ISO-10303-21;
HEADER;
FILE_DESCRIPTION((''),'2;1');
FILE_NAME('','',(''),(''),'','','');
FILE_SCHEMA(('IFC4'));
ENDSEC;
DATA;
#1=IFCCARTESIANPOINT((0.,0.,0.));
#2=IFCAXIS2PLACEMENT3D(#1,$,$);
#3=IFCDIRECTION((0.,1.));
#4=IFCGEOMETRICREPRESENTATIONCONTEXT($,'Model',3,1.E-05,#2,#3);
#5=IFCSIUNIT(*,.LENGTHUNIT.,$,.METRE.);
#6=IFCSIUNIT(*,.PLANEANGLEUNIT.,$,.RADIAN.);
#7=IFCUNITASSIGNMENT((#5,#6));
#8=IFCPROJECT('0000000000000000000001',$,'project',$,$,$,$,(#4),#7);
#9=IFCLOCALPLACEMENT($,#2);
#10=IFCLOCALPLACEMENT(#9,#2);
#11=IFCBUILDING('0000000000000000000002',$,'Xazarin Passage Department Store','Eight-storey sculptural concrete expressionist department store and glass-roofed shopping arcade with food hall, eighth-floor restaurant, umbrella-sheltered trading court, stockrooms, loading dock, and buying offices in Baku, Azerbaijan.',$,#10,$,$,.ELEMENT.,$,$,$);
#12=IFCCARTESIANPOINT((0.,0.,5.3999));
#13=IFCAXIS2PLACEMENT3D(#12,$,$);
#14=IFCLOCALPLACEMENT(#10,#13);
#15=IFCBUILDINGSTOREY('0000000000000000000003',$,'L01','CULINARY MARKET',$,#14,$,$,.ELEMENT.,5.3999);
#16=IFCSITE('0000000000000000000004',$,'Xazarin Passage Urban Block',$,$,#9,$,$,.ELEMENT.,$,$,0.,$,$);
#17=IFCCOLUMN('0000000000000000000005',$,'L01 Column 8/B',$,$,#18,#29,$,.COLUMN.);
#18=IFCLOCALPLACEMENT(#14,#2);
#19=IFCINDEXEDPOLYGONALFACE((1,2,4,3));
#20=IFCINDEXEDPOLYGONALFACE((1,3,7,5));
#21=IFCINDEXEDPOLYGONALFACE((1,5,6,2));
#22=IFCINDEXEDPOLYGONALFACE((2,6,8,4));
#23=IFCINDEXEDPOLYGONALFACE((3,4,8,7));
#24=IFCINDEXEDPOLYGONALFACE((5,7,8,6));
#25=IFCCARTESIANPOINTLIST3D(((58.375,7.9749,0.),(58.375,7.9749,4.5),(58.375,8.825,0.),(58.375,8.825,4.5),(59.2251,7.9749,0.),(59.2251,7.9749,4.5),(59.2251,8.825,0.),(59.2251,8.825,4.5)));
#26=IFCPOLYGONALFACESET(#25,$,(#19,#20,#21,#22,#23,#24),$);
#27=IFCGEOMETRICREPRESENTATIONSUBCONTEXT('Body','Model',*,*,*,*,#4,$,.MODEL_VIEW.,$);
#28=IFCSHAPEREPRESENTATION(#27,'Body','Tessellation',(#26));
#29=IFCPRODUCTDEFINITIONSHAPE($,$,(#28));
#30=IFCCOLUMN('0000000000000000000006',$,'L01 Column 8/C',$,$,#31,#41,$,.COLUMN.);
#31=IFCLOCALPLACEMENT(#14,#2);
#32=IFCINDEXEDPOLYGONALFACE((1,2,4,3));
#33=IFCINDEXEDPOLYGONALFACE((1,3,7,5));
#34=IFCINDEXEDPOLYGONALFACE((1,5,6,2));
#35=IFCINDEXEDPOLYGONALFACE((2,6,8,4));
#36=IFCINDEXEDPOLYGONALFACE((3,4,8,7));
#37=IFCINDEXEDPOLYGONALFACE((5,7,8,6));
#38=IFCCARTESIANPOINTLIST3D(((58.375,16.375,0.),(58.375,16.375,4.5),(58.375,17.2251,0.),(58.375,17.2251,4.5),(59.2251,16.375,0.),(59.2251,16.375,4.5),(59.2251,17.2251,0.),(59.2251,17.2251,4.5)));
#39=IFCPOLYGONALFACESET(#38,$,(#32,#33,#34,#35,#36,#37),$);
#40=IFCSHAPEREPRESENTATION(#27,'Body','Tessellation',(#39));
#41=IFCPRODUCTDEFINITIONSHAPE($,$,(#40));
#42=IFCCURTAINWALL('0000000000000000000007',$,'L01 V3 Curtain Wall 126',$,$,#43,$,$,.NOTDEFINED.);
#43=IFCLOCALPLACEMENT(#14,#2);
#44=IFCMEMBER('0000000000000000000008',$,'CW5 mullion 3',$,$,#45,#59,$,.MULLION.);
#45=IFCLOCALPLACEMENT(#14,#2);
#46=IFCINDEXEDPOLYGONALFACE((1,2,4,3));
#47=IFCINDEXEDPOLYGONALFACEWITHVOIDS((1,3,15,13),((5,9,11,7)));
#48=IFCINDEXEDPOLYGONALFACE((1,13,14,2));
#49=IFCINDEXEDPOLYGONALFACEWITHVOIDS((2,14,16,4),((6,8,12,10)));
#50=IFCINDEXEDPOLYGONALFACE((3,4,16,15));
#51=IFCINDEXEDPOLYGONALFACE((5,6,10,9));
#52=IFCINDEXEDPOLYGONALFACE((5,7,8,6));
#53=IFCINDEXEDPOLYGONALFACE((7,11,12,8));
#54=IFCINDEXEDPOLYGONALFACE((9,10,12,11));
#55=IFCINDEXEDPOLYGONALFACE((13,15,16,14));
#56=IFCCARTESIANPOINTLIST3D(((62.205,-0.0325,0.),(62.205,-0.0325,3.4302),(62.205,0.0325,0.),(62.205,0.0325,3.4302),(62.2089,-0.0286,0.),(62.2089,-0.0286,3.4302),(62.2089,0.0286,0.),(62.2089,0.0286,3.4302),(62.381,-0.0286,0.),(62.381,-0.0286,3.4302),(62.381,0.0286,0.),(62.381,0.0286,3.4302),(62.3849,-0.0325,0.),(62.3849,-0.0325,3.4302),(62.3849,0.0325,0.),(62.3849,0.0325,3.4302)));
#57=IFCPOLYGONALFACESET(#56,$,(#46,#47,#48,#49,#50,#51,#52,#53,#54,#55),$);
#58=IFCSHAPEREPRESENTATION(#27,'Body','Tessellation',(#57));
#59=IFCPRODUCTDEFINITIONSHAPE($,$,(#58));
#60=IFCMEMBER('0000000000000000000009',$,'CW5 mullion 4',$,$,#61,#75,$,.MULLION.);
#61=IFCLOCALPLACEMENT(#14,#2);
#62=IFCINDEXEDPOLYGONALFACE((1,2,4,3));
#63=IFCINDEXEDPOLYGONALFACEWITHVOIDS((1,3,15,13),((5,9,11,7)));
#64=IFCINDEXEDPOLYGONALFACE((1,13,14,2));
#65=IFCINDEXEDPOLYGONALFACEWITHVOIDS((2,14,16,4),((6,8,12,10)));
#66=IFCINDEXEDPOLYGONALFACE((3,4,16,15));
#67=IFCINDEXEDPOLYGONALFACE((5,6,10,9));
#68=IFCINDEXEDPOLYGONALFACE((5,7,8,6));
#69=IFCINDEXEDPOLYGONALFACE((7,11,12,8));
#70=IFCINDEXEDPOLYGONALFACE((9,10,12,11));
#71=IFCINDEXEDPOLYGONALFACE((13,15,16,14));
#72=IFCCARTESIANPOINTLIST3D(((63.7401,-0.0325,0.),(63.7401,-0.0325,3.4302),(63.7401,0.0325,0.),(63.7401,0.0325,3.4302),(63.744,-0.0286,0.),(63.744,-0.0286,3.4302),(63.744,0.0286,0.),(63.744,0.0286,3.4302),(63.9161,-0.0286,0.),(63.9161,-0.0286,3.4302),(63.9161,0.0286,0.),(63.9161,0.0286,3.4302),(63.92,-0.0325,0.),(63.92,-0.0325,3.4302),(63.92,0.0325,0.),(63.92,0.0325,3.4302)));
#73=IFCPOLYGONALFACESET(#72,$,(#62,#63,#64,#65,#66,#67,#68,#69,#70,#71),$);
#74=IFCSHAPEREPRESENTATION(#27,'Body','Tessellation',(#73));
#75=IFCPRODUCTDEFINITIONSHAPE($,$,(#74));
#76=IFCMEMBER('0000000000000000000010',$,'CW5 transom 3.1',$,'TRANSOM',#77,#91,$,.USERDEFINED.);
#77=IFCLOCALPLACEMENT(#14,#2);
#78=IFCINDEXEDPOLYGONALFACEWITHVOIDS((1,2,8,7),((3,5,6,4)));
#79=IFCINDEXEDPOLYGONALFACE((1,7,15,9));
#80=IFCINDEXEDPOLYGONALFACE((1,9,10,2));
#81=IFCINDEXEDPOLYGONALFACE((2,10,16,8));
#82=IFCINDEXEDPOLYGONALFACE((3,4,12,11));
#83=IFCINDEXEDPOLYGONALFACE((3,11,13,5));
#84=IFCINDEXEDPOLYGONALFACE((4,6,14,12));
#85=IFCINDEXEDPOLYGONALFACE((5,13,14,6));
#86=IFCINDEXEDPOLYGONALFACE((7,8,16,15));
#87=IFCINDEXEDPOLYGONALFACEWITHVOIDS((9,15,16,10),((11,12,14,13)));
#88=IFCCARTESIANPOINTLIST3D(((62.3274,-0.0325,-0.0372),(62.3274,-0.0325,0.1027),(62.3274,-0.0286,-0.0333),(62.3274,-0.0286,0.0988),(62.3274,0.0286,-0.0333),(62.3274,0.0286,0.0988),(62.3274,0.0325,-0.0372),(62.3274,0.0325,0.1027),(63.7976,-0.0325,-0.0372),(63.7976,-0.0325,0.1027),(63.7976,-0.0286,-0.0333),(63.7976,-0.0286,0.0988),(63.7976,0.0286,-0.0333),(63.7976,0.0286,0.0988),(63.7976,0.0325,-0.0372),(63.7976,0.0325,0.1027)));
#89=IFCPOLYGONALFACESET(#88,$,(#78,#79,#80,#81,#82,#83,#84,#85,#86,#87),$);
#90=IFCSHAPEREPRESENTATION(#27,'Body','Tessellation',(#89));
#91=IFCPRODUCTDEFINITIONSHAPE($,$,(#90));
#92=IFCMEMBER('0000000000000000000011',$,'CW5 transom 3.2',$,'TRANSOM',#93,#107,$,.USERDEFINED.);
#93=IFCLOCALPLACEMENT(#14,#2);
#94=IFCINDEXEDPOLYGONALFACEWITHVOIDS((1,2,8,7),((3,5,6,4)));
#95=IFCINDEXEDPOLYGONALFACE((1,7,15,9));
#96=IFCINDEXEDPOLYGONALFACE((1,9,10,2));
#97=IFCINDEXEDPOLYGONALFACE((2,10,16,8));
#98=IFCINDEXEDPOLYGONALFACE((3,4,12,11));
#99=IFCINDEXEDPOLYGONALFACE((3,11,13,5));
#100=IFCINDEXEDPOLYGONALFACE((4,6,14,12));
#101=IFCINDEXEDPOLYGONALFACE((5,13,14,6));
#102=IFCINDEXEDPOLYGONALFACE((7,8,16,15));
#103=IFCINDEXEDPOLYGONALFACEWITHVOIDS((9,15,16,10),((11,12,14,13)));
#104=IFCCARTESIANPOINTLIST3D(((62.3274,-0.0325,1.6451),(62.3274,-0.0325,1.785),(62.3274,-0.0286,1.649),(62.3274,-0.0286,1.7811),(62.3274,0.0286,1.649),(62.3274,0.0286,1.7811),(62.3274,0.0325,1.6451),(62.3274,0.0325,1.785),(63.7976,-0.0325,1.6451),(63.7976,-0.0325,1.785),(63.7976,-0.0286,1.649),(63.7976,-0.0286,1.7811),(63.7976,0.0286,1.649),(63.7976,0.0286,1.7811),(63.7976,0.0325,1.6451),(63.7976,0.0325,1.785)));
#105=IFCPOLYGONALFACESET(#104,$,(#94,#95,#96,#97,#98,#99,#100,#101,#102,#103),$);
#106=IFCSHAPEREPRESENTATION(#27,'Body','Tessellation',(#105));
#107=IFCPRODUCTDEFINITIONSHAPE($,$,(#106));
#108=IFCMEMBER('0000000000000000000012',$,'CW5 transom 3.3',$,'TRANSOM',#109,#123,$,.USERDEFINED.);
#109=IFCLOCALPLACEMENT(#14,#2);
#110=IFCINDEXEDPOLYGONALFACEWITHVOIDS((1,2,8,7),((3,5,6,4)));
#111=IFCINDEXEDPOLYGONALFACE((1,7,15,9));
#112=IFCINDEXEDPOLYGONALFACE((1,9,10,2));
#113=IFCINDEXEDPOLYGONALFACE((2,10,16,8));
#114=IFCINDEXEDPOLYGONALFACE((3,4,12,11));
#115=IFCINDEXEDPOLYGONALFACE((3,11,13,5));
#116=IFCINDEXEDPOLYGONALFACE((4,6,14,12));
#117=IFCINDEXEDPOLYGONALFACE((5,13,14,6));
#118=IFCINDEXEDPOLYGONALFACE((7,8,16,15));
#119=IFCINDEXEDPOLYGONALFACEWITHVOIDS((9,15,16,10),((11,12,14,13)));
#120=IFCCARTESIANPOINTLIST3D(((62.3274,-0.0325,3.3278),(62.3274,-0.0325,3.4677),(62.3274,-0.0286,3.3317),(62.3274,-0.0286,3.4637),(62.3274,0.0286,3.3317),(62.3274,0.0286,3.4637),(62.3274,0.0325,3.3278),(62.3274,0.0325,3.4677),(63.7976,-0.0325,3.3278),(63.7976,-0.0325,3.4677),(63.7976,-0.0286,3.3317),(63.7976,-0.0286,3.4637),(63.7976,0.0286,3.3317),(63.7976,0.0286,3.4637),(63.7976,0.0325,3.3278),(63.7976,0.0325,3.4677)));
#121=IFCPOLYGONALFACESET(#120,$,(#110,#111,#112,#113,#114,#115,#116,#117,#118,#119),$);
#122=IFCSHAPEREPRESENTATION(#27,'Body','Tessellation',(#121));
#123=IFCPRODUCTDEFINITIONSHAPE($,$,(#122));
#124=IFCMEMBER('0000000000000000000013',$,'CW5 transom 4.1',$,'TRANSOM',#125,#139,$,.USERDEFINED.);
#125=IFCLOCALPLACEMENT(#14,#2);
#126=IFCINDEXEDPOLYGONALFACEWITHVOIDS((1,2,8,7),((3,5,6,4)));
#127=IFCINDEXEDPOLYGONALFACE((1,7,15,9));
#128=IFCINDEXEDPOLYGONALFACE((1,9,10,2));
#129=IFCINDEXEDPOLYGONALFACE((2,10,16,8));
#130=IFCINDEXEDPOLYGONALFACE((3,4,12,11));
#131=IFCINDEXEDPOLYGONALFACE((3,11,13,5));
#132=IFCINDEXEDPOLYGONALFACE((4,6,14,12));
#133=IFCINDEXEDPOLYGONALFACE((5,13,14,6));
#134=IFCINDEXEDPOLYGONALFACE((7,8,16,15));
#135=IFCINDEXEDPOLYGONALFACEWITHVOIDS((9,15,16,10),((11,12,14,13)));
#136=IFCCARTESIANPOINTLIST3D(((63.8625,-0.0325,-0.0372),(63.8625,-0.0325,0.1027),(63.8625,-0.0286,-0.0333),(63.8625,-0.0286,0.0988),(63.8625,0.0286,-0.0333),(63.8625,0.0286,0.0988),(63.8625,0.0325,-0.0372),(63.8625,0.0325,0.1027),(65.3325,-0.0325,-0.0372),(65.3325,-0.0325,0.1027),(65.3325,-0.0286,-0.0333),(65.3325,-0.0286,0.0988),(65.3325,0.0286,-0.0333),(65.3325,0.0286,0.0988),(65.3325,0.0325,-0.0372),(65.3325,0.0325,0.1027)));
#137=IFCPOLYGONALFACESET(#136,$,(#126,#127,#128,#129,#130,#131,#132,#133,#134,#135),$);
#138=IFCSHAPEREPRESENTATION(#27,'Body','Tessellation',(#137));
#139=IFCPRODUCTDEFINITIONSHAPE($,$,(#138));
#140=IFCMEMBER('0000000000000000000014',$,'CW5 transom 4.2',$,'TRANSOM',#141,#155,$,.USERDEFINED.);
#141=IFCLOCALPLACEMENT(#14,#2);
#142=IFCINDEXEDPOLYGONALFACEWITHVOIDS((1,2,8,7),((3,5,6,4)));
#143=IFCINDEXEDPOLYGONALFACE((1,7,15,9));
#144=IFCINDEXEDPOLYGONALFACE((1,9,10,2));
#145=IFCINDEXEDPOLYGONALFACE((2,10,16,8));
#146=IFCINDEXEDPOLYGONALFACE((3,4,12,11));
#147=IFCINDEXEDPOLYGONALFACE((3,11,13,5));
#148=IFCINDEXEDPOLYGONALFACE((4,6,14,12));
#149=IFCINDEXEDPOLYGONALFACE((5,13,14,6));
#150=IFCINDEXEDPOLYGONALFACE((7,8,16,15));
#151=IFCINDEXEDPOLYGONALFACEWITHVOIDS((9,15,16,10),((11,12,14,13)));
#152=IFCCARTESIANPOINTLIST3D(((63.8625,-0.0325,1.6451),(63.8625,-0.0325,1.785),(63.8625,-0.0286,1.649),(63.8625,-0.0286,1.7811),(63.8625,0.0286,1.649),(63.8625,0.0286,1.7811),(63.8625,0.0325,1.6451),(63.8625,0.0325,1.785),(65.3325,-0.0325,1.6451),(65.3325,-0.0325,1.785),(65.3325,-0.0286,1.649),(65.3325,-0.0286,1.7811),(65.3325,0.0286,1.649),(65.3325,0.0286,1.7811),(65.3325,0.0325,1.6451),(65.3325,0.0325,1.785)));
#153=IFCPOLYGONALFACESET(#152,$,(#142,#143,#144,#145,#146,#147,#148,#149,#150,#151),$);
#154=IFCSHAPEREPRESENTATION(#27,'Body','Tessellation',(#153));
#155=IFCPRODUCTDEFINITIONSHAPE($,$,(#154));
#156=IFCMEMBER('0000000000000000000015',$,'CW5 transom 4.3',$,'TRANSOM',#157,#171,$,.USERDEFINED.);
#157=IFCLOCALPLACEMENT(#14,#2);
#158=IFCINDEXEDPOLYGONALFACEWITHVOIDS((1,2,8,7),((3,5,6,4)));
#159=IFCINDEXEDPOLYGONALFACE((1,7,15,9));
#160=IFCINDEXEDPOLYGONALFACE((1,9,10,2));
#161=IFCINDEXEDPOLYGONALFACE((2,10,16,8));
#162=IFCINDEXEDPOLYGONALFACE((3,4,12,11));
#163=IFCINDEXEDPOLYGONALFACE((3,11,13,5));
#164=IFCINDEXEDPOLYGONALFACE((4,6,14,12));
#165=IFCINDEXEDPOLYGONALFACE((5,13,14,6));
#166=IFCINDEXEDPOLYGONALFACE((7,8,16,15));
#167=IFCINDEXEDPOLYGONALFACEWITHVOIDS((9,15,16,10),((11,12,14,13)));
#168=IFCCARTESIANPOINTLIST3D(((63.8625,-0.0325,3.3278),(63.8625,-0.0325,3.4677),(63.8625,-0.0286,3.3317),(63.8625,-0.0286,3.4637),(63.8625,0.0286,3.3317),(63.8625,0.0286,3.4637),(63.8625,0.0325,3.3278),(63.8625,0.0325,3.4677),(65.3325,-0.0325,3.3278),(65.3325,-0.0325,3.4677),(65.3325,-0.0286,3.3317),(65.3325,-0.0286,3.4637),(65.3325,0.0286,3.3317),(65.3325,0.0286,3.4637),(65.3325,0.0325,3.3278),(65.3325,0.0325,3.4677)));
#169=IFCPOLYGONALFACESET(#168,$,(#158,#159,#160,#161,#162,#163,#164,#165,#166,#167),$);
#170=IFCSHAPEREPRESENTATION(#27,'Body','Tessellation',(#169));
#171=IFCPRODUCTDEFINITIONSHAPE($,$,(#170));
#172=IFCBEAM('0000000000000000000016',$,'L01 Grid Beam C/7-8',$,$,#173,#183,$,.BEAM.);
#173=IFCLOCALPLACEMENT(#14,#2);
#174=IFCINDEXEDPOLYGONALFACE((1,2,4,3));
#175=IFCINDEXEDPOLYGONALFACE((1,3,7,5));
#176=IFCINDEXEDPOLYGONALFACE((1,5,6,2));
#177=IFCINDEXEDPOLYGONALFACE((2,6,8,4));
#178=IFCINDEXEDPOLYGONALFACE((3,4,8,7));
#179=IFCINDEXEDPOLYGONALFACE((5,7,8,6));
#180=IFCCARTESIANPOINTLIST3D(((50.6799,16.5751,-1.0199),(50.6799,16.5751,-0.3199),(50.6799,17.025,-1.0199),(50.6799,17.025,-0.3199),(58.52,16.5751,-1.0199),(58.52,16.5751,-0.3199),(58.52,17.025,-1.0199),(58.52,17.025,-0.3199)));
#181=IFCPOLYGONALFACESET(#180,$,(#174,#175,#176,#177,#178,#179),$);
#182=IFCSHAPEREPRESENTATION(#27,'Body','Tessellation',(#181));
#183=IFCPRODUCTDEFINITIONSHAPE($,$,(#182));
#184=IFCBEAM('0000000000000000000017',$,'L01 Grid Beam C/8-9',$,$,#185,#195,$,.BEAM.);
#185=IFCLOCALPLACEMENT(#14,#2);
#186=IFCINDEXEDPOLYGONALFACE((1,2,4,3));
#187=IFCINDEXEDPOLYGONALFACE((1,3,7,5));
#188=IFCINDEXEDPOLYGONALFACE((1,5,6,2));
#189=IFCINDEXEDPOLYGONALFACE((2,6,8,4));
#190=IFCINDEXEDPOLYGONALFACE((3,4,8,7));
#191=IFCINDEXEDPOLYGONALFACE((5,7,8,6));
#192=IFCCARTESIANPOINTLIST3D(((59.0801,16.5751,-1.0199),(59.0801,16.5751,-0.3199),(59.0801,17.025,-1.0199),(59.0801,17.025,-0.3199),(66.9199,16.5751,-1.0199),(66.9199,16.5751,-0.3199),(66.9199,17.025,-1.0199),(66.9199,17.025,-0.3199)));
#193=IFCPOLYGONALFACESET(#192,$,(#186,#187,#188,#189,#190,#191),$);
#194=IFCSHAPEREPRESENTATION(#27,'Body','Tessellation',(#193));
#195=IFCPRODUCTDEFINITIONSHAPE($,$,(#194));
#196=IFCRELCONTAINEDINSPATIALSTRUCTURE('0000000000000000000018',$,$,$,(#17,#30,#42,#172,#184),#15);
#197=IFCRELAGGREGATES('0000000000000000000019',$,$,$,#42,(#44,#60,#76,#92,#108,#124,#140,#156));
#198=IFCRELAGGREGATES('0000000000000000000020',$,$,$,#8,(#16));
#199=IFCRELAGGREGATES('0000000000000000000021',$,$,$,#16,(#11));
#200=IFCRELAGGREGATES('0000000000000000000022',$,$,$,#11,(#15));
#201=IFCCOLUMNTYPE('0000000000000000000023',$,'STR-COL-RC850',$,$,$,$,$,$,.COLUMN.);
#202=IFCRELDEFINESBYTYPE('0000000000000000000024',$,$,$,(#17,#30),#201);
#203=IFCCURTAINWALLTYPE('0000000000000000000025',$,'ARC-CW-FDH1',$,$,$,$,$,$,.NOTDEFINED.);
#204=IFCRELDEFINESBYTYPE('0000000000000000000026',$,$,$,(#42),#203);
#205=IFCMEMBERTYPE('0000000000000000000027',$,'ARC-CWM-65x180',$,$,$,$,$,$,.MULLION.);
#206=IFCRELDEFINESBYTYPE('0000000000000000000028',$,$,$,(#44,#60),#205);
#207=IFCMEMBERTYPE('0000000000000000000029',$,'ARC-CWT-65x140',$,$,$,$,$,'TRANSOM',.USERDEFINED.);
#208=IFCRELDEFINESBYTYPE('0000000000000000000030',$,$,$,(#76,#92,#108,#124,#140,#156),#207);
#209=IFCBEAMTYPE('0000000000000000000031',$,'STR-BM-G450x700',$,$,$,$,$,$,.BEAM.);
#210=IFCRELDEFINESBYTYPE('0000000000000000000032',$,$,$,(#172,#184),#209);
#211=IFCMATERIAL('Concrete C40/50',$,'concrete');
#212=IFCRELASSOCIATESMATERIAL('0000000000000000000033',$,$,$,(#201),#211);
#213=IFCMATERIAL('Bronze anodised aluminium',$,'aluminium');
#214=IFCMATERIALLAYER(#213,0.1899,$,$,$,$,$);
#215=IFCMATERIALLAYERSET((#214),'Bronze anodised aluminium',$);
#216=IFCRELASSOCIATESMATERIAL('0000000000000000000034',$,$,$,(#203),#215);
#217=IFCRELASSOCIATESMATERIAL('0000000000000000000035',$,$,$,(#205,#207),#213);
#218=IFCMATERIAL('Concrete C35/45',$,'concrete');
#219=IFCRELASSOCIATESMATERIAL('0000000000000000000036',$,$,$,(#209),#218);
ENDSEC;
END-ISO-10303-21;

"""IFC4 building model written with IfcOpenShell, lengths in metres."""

from ifc_helpers import new_model, si_unit, direction, frame, origin, origin_2d, place, context, subcontext, project, spatial, rectangle, hollow_rectangle, extrude, material, layer, layer_set, material_profile, profile_set, type_object, element, aggregate, save


model = new_model("IFC4")

# Units and contexts
model_context = context("Model", 3, precision=1e-05, world=origin(), true_north=direction((0.0, 1.0)))
body_context = subcontext(model_context, "Body", "Model", "MODEL_VIEW")
ifc_project = project(units=[si_unit("LENGTHUNIT", "METRE"), si_unit("PLANEANGLEUNIT", "RADIAN")], contexts=[model_context])

# Site, building, storey
site_placement = place(None, origin())
site = spatial("IfcSite", under=ifc_project, at=site_placement, Name="Xazarin Passage Urban Block", CompositionType="ELEMENT", RefElevation=0.0)
building_placement = place(site_placement, origin())
building = spatial("IfcBuilding", under=site, at=building_placement, Name="Xazarin Passage Department Store", Description="Eight-storey sculptural concrete expressionist department store and glass-roofed shopping arcade with food hall, eighth-floor restaurant, umbrella-sheltered trading court, stockrooms, loading dock, and buying offices in Baku, Azerbaijan.", CompositionType="ELEMENT")
storey_placement = place(building_placement, frame((0.0, 0.0, 5.3999)))
storey = spatial("IfcBuildingStorey", under=building, at=storey_placement, Name="L01", Description="CULINARY MARKET", CompositionType="ELEMENT", Elevation=5.3999)

# Columns
ifc_material_1 = material(Name="Concrete C40/50", Category="concrete")
ifc_material_profile_1 = material_profile(ifc_material_1, rectangle(XDim=0.8501, YDim=0.8501, at=origin_2d()), Name="RC 850x850")
ifc_profile_set_1 = profile_set([ifc_material_profile_1], Name="Concrete C40/50")
column_type = type_object("IfcColumnType", Name="STR-COL-RC850", PredefinedType="COLUMN", material=ifc_profile_set_1)
for number, where, z_axis, x_axis, name in (
    (1, (58.8, 8.3999, 0.0), (0.0, 0.0, 1.0), (1.0, 0.0, 0.0), "L01 Column 8/B"),
    (2, (58.8, 16.8, 0.0), (0.0, 0.0, 1.0), (1.0, 0.0, 0.0), "L01 Column 8/C"),
):
    element("IfcColumn", number, at=place(storey_placement, frame(where, z_axis=z_axis, x_axis=x_axis)), inside=storey, type_object=column_type, Name=name, PredefinedType="COLUMN", context=body_context, shape_type="SweptSolid", body=[
        extrude(rectangle(XDim=0.8501, YDim=0.8501, at=origin_2d()), origin(), (0.0, 0.0, 1.0), 4.5),
    ])

# Curtain wall, members
ifc_material_2 = material(Name="Bronze anodised aluminium", Category="aluminium")
ifc_layer_1 = layer(ifc_material_2, 0.1899)
ifc_layer_set_1 = layer_set([ifc_layer_1], Name="Bronze anodised aluminium")
curtain_wall_type = type_object("IfcCurtainWallType", Name="ARC-CW-FDH1", PredefinedType="NOTDEFINED", material=ifc_layer_set_1)
curtain_wall_placement = place(storey_placement, origin())
curtain_wall = element("IfcCurtainWall", 3, at=curtain_wall_placement, inside=storey, type_object=curtain_wall_type, Name="L01 V3 Curtain Wall 126", PredefinedType="NOTDEFINED")
ifc_material_profile_2 = material_profile(ifc_material_2, hollow_rectangle(XDim=0.0649, YDim=0.1799, WallThickness=0.0039, at=origin_2d()), Name="ALU 65x180")
ifc_profile_set_2 = profile_set([ifc_material_profile_2], Name="Bronze anodised aluminium")
member_type_1 = type_object("IfcMemberType", Name="ARC-CWM-65x180", PredefinedType="MULLION", material=ifc_profile_set_2)
member_1_placement = place(storey_placement, frame((62.2949, 0.0, 0.0), z_axis=(0.0, 0.0, 1.0), x_axis=(0.0, 1.0, 0.0)))
member_1 = element("IfcMember", 4, at=member_1_placement, type_object=member_type_1, Name="CW5 mullion 3", PredefinedType="MULLION", context=body_context, shape_type="SweptSolid", body=[
    extrude(hollow_rectangle(XDim=0.0649, YDim=0.1799, WallThickness=0.0039, at=origin_2d()), origin(), (0.0, 0.0, 1.0), 3.4302),
])
member_2_placement = place(storey_placement, frame((63.8301, 0.0, 0.0), z_axis=(0.0, 0.0, 1.0), x_axis=(0.0, 1.0, 0.0)))
member_2 = element("IfcMember", 5, at=member_2_placement, type_object=member_type_1, Name="CW5 mullion 4", PredefinedType="MULLION", context=body_context, shape_type="SweptSolid", body=[
    extrude(hollow_rectangle(XDim=0.0649, YDim=0.1799, WallThickness=0.0039, at=origin_2d()), origin(), (0.0, 0.0, 1.0), 3.4302),
])
ifc_material_profile_3 = material_profile(ifc_material_2, hollow_rectangle(XDim=0.0649, YDim=0.1399, WallThickness=0.0039, at=origin_2d()), Name="ALU 65x140")
ifc_profile_set_3 = profile_set([ifc_material_profile_3], Name="Bronze anodised aluminium")
member_type_2 = type_object("IfcMemberType", Name="ARC-CWT-65x140", ElementType="TRANSOM", PredefinedType="USERDEFINED", material=ifc_profile_set_3)
member_3_placement = place(storey_placement, frame((62.3274, 0.0, 0.0327), z_axis=(1.0, 0.0, 0.0), x_axis=(0.0, 1.0, 0.0)))
member_3 = element("IfcMember", 6, at=member_3_placement, type_object=member_type_2, Name="CW5 transom 3.1", ObjectType="TRANSOM", PredefinedType="USERDEFINED", context=body_context, shape_type="SweptSolid", body=[
    extrude(hollow_rectangle(XDim=0.0649, YDim=0.1399, WallThickness=0.0039, at=origin_2d()), origin(), (0.0, 0.0, 1.0), 1.4702),
])
member_4_placement = place(storey_placement, frame((62.3274, 0.0, 1.7151), z_axis=(1.0, 0.0, 0.0), x_axis=(0.0, 1.0, 0.0)))
member_4 = element("IfcMember", 7, at=member_4_placement, type_object=member_type_2, Name="CW5 transom 3.2", ObjectType="TRANSOM", PredefinedType="USERDEFINED", context=body_context, shape_type="SweptSolid", body=[
    extrude(hollow_rectangle(XDim=0.0649, YDim=0.1399, WallThickness=0.0039, at=origin_2d()), origin(), (0.0, 0.0, 1.0), 1.4702),
])
member_5_placement = place(storey_placement, frame((62.3274, 0.0, 3.3977), z_axis=(1.0, 0.0, 0.0), x_axis=(0.0, 1.0, 0.0)))
member_5 = element("IfcMember", 8, at=member_5_placement, type_object=member_type_2, Name="CW5 transom 3.3", ObjectType="TRANSOM", PredefinedType="USERDEFINED", context=body_context, shape_type="SweptSolid", body=[
    extrude(hollow_rectangle(XDim=0.0649, YDim=0.1399, WallThickness=0.0039, at=origin_2d()), origin(), (0.0, 0.0, 1.0), 1.4702),
])
member_6_placement = place(storey_placement, frame((63.8625, 0.0, 0.0327), z_axis=(1.0, 0.0, 0.0), x_axis=(0.0, 1.0, 0.0)))
member_6 = element("IfcMember", 9, at=member_6_placement, type_object=member_type_2, Name="CW5 transom 4.1", ObjectType="TRANSOM", PredefinedType="USERDEFINED", context=body_context, shape_type="SweptSolid", body=[
    extrude(hollow_rectangle(XDim=0.0649, YDim=0.1399, WallThickness=0.0039, at=origin_2d()), origin(), (0.0, 0.0, 1.0), 1.47),
])
member_7_placement = place(storey_placement, frame((63.8625, 0.0, 1.7151), z_axis=(1.0, 0.0, 0.0), x_axis=(0.0, 1.0, 0.0)))
member_7 = element("IfcMember", 10, at=member_7_placement, type_object=member_type_2, Name="CW5 transom 4.2", ObjectType="TRANSOM", PredefinedType="USERDEFINED", context=body_context, shape_type="SweptSolid", body=[
    extrude(hollow_rectangle(XDim=0.0649, YDim=0.1399, WallThickness=0.0039, at=origin_2d()), origin(), (0.0, 0.0, 1.0), 1.47),
])
member_8_placement = place(storey_placement, frame((63.8625, 0.0, 3.3977), z_axis=(1.0, 0.0, 0.0), x_axis=(0.0, 1.0, 0.0)))
member_8 = element("IfcMember", 11, at=member_8_placement, type_object=member_type_2, Name="CW5 transom 4.3", ObjectType="TRANSOM", PredefinedType="USERDEFINED", context=body_context, shape_type="SweptSolid", body=[
    extrude(hollow_rectangle(XDim=0.0649, YDim=0.1399, WallThickness=0.0039, at=origin_2d()), origin(), (0.0, 0.0, 1.0), 1.47),
])

# Beams
ifc_material_3 = material(Name="Concrete C35/45", Category="concrete")
ifc_material_profile_4 = material_profile(ifc_material_3, rectangle(XDim=0.45, YDim=0.7, at=origin_2d()), Name="RC 450x700")
ifc_profile_set_4 = profile_set([ifc_material_profile_4], Name="Concrete C35/45")
beam_type_1 = type_object("IfcBeamType", Name="STR-BM-G450x700", PredefinedType="BEAM", material=ifc_profile_set_4)
beam_1_placement = place(storey_placement, frame((50.6799, 16.8, -0.6699), z_axis=(1.0, 0.0, 0.0), x_axis=(0.0, 1.0, 0.0)))
element("IfcBeam", 12, at=beam_1_placement, inside=storey, type_object=beam_type_1, Name="L01 Grid Beam C/7-8", PredefinedType="BEAM", context=body_context, shape_type="SweptSolid", body=[
    extrude(rectangle(XDim=0.45, YDim=0.7, at=origin_2d()), origin(), (0.0, 0.0, 1.0), 7.8401),
])
beam_2_placement = place(storey_placement, frame((59.0801, 16.8, -0.6699), z_axis=(1.0, 0.0, 0.0), x_axis=(0.0, 1.0, 0.0)))
element("IfcBeam", 13, at=beam_2_placement, inside=storey, type_object=beam_type_1, Name="L01 Grid Beam C/8-9", PredefinedType="BEAM", context=body_context, shape_type="SweptSolid", body=[
    extrude(rectangle(XDim=0.45, YDim=0.7, at=origin_2d()), origin(), (0.0, 0.0, 1.0), 7.8398),
])

aggregate(curtain_wall, [member_1, member_2, member_3, member_4, member_5, member_6, member_7, member_8])

save(model, "model.ifc")
